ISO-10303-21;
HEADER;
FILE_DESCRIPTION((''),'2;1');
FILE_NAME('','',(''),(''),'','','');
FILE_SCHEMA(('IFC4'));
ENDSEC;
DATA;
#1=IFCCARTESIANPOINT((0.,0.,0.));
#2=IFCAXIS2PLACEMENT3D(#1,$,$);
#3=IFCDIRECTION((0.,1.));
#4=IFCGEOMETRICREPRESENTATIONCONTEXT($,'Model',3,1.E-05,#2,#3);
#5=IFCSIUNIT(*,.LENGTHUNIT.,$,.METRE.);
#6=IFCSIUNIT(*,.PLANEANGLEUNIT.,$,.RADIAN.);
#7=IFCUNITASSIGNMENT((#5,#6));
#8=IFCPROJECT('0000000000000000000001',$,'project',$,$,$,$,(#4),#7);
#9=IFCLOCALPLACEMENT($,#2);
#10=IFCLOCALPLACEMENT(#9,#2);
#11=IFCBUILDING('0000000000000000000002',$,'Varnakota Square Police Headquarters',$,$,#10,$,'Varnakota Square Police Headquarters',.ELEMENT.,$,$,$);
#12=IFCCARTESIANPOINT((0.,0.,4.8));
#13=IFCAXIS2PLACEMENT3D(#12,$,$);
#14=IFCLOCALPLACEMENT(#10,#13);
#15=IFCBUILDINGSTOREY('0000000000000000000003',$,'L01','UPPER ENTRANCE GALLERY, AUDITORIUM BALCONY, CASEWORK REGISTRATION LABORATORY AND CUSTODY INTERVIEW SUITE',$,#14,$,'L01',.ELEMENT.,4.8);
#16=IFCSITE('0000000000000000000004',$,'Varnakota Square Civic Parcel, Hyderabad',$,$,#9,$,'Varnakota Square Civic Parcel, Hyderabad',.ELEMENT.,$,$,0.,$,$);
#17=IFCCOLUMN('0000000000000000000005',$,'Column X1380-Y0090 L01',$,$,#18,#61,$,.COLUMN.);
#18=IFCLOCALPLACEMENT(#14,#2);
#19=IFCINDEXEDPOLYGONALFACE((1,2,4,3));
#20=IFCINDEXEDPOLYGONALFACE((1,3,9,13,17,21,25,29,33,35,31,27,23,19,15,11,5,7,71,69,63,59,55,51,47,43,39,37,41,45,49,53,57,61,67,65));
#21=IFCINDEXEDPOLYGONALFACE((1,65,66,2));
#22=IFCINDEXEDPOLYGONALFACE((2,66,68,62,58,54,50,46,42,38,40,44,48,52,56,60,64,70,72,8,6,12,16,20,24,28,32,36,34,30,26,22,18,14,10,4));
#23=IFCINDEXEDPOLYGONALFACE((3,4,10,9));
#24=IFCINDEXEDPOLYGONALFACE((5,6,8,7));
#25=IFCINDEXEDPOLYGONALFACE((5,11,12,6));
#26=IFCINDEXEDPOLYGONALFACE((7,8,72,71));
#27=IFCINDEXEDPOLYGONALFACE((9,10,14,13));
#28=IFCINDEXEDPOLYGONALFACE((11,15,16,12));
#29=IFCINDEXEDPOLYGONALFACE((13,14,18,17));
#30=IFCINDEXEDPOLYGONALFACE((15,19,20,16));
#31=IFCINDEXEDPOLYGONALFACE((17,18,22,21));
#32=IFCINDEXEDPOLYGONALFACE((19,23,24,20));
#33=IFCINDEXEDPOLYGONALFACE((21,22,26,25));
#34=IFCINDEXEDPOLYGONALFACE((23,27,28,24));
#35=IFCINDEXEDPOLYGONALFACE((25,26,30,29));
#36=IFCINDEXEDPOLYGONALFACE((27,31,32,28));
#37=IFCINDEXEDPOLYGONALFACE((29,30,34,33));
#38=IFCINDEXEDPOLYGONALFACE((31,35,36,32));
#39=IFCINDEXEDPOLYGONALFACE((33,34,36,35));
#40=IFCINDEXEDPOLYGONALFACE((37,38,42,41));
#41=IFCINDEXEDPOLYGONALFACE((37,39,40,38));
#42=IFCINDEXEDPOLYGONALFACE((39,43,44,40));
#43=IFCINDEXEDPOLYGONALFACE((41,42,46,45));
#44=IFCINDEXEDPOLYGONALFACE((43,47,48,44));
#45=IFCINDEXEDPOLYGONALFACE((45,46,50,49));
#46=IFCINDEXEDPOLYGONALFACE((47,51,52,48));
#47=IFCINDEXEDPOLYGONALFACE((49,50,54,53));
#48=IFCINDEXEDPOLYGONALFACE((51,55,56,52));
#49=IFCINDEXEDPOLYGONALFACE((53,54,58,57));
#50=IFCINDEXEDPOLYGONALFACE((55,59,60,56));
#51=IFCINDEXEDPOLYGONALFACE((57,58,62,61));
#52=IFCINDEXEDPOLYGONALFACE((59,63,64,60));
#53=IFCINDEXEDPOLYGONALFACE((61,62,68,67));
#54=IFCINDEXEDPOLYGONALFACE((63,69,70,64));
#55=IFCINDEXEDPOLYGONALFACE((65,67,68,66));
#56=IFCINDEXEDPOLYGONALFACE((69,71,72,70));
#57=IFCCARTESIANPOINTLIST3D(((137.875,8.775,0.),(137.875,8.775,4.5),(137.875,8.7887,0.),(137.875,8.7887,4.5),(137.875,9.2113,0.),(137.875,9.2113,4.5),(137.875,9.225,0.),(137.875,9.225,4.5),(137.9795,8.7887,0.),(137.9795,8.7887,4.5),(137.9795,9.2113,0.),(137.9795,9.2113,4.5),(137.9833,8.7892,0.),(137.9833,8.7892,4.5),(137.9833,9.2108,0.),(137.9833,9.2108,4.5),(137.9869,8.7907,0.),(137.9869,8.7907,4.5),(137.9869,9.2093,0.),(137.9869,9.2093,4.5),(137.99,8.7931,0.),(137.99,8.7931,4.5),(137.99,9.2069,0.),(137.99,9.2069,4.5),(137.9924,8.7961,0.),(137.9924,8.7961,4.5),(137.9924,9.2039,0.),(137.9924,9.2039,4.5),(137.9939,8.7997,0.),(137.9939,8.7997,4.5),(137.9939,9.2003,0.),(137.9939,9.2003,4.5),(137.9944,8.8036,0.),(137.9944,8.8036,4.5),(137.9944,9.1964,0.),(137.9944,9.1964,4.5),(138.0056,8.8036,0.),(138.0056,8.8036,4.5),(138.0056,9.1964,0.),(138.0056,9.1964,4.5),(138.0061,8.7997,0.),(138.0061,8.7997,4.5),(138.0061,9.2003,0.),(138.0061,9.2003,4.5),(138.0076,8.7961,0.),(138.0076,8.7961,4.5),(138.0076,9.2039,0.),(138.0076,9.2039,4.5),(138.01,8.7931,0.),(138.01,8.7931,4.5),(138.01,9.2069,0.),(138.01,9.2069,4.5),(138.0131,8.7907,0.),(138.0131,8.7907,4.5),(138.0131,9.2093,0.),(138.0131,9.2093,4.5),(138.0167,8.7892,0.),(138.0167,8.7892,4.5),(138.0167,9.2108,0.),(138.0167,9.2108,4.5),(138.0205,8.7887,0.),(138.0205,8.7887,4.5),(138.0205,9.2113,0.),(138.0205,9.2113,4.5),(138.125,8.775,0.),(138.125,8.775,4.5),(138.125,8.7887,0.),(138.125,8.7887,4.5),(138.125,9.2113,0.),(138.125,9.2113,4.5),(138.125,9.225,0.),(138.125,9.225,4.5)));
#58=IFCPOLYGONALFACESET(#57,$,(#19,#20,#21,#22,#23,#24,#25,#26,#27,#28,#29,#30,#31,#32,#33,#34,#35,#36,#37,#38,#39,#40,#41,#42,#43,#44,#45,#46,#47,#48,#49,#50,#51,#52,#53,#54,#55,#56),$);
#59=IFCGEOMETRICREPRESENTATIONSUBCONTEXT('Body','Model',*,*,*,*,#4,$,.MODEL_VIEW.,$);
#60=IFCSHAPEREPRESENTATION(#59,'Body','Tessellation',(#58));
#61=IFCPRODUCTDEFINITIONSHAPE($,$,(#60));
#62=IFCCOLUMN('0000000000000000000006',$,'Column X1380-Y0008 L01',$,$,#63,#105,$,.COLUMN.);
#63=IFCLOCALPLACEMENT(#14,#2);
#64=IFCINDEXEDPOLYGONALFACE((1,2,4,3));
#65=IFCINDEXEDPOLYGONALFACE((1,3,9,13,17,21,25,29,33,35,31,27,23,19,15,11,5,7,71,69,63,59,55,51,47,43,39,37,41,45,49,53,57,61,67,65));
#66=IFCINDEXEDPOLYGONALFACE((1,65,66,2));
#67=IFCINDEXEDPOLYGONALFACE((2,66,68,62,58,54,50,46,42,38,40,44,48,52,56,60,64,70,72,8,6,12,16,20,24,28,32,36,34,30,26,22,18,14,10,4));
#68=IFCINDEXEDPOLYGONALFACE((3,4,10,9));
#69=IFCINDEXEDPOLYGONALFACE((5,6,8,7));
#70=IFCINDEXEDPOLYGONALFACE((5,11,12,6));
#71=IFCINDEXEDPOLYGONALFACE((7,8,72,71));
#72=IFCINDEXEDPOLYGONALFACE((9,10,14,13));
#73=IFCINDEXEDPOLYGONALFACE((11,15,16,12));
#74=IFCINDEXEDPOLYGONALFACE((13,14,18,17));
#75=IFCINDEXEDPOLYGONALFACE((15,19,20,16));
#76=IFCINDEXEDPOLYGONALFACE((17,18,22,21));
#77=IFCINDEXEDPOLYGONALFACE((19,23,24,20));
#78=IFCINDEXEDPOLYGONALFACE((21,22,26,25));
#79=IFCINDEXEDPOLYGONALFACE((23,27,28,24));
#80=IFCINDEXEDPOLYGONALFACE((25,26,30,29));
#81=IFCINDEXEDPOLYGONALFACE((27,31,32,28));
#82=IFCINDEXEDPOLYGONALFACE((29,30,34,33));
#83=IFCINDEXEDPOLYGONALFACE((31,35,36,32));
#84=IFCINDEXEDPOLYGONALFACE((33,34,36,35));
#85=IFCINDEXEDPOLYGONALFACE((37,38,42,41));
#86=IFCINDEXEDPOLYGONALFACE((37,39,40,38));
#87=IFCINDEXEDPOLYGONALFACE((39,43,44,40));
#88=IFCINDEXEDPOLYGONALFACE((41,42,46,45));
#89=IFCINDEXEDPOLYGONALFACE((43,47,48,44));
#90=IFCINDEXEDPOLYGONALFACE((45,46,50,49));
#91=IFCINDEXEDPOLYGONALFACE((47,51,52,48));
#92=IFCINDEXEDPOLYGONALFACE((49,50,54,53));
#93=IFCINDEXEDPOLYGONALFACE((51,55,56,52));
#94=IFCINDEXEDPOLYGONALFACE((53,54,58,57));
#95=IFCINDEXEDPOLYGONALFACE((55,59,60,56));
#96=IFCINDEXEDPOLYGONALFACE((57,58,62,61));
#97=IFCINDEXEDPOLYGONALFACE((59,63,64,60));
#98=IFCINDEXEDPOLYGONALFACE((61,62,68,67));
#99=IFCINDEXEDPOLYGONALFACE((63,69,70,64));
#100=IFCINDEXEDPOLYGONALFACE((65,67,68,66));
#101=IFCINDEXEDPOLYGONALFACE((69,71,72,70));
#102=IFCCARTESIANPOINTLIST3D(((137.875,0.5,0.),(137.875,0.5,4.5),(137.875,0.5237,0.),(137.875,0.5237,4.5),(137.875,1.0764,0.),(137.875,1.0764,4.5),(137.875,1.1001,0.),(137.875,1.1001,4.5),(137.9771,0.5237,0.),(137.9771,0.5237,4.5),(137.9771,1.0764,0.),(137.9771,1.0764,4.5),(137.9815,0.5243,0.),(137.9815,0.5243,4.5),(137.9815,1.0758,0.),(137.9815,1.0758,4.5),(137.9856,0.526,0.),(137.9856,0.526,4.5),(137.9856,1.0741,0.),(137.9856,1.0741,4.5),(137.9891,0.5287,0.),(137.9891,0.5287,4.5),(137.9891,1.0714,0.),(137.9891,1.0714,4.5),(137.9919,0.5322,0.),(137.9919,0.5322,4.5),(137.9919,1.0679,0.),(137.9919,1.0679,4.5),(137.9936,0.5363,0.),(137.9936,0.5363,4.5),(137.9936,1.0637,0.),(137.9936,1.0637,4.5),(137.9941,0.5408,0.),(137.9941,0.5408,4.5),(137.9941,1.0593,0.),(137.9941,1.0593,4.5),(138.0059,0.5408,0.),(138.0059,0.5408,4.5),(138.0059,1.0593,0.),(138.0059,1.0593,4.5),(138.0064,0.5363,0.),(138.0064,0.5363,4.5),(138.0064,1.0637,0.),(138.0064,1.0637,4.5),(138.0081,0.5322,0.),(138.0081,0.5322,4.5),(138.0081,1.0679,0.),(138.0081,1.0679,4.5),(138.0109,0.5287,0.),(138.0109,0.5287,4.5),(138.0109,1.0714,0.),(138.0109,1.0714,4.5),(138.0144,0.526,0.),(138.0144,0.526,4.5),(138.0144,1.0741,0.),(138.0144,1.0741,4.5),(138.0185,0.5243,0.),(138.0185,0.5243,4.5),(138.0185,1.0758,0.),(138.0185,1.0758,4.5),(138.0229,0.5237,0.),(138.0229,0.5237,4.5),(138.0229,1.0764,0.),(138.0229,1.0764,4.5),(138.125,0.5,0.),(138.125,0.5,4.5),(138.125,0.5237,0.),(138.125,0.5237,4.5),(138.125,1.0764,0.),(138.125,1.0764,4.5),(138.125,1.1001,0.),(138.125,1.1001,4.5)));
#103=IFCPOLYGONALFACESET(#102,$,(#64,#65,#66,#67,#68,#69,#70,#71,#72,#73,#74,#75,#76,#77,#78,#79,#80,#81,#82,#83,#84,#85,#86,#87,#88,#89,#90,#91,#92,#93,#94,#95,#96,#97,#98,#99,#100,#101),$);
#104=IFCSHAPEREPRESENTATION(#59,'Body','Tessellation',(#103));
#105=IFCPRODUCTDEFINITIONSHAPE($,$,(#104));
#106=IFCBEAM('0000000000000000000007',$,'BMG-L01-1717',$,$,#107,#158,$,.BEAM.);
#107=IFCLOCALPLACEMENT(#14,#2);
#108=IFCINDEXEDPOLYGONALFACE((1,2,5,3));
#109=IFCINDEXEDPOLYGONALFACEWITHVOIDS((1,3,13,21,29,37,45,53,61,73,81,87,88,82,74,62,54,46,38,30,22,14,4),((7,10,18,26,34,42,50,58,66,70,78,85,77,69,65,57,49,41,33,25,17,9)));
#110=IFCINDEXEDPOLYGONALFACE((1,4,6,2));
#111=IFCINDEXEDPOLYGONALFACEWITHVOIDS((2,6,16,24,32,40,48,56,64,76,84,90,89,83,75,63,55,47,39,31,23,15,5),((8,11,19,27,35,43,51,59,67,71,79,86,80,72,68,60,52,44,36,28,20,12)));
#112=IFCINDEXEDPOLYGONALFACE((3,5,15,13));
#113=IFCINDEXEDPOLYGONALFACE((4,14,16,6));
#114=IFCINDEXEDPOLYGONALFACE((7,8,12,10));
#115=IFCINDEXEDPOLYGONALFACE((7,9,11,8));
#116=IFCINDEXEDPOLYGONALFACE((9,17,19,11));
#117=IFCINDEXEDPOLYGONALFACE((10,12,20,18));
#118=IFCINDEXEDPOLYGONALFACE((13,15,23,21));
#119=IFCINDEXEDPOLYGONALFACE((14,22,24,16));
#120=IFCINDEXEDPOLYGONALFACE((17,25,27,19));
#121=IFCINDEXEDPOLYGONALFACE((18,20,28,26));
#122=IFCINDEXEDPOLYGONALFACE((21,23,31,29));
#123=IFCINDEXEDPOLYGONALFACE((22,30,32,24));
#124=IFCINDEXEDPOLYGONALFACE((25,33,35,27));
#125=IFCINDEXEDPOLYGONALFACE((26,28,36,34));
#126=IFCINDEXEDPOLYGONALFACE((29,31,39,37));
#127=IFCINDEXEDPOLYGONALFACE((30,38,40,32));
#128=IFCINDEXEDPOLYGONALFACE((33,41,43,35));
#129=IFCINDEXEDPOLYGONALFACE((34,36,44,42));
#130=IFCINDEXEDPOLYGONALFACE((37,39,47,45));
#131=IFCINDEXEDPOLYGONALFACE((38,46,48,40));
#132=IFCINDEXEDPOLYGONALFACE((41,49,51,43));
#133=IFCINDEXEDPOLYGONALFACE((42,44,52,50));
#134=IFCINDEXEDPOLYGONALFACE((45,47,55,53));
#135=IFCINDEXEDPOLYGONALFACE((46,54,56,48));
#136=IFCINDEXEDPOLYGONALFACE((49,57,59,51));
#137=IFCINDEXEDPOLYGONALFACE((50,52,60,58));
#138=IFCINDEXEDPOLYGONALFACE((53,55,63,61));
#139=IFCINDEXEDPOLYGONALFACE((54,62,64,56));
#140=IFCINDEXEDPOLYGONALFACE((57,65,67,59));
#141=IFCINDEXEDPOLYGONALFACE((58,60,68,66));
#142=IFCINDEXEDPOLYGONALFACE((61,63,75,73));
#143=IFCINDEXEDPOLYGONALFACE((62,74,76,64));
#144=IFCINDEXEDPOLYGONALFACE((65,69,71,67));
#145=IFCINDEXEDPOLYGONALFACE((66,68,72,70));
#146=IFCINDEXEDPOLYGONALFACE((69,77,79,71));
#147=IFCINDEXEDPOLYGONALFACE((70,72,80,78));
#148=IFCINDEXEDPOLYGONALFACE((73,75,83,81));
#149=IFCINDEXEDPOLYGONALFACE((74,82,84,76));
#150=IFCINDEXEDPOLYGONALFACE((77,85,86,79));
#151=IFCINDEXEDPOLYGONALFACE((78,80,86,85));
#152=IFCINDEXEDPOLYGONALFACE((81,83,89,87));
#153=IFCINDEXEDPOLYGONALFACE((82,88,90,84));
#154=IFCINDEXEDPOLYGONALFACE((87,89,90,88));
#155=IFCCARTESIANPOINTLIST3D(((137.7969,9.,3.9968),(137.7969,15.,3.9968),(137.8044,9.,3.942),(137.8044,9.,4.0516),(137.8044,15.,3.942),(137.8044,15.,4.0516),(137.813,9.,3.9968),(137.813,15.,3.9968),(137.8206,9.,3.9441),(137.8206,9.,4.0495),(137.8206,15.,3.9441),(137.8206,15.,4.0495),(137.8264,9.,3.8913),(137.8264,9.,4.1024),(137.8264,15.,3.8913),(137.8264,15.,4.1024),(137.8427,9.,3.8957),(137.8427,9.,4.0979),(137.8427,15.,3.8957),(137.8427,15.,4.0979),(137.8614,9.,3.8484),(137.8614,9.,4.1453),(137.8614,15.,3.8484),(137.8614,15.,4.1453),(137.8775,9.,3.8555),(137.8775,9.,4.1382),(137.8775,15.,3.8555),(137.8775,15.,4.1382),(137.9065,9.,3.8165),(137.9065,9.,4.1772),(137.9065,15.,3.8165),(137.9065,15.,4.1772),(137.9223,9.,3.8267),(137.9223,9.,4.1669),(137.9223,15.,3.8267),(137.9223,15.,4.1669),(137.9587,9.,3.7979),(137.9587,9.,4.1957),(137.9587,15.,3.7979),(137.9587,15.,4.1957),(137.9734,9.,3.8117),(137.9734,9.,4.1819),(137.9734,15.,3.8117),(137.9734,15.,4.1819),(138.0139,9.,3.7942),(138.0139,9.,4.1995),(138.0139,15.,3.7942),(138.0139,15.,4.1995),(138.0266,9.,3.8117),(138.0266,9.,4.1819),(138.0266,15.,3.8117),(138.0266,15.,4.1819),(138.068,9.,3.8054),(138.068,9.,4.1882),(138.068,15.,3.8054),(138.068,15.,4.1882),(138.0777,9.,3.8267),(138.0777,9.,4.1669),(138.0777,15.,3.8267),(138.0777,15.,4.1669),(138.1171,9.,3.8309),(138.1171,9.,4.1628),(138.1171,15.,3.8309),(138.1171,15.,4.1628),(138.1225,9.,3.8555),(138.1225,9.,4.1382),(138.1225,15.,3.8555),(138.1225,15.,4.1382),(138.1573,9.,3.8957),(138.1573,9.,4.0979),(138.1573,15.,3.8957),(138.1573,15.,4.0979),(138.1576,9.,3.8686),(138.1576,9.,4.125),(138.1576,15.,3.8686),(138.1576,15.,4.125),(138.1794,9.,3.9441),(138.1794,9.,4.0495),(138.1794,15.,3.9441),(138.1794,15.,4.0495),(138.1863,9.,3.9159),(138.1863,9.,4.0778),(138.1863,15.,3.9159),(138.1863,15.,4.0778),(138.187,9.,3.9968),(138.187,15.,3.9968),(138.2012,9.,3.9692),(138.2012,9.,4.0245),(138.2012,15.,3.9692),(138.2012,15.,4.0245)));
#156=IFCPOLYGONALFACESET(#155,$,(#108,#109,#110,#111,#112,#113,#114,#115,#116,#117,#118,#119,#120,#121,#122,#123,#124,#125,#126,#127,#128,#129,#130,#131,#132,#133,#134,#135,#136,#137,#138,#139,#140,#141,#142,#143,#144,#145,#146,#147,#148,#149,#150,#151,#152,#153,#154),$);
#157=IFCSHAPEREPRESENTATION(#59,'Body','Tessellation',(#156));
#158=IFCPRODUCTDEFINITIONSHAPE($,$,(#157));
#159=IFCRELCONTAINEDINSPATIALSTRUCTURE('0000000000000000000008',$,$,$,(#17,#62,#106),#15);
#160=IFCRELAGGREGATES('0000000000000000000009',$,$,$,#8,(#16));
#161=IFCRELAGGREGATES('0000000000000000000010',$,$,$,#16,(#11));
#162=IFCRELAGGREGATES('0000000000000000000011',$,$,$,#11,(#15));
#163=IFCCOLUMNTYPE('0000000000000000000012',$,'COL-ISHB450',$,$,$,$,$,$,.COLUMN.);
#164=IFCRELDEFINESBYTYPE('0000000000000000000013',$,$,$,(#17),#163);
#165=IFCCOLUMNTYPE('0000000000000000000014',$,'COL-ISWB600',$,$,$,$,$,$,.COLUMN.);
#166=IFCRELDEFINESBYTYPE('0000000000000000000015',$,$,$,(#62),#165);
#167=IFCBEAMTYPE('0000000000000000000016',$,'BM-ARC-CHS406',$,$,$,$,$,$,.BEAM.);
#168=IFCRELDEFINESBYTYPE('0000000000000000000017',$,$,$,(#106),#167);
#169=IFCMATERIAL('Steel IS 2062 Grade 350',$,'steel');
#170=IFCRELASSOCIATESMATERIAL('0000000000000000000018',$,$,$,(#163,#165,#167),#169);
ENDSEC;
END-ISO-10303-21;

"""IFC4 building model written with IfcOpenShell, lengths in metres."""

from ifc_helpers import new_model, si_unit, direction, frame, origin, origin_2d, place, context, subcontext, project, spatial, hollow_circle, i_section, extrude, material, material_profile, profile_set, type_object, element, save


model = new_model("IFC4")

# Units and contexts
model_context = context("Model", 3, precision=1e-05, world=origin(), true_north=direction((0.0, 1.0)))
body_context = subcontext(model_context, "Body", "Model", "MODEL_VIEW")
ifc_project = project(units=[si_unit("LENGTHUNIT", "METRE"), si_unit("PLANEANGLEUNIT", "RADIAN")], contexts=[model_context])

# Site, building, storey
site_placement = place(None, origin())
site = spatial("IfcSite", under=ifc_project, at=site_placement, Name="Varnakota Square Civic Parcel, Hyderabad", LongName="Varnakota Square Civic Parcel, Hyderabad", CompositionType="ELEMENT", RefElevation=0.0)
building_placement = place(site_placement, origin())
building = spatial("IfcBuilding", under=site, at=building_placement, Name="Varnakota Square Police Headquarters", LongName="Varnakota Square Police Headquarters", CompositionType="ELEMENT")
storey_placement = place(building_placement, frame((0.0, 0.0, 4.8)))
storey = spatial("IfcBuildingStorey", under=building, at=storey_placement, Name="L01", Description="UPPER ENTRANCE GALLERY, AUDITORIUM BALCONY, CASEWORK REGISTRATION LABORATORY AND CUSTODY INTERVIEW SUITE", LongName="L01", CompositionType="ELEMENT", Elevation=4.8)

# Columns
ifc_material_1 = material(Name="Steel IS 2062 Grade 350", Category="steel")
ifc_material_profile_1 = material_profile(ifc_material_1, i_section(OverallWidth=0.25, OverallDepth=0.45, WebThickness=0.0112, FlangeThickness=0.0137, FilletRadius=0.0149, at=origin_2d()), Name="ISHB 450")
ifc_profile_set_1 = profile_set([ifc_material_profile_1], Name="Steel IS 2062 Grade 350")
column_type_1 = type_object("IfcColumnType", Name="COL-ISHB450", PredefinedType="COLUMN", material=ifc_profile_set_1)
column_1_placement = place(storey_placement, frame((138.0, 9.0, 0.0), z_axis=(0.0, 0.0, 1.0), x_axis=(1.0, 0.0, 0.0)))
element("IfcColumn", 1, at=column_1_placement, inside=storey, type_object=column_type_1, Name="Column X1380-Y0090 L01", PredefinedType="COLUMN", context=body_context, shape_type="SweptSolid", body=[
    extrude(i_section(OverallWidth=0.25, OverallDepth=0.45, WebThickness=0.0112, FlangeThickness=0.0137, FilletRadius=0.0149, at=origin_2d()), origin(), (0.0, 0.0, 1.0), 4.5),
])
ifc_material_profile_2 = material_profile(ifc_material_1, i_section(OverallWidth=0.25, OverallDepth=0.6001, WebThickness=0.0117, FlangeThickness=0.0237, FilletRadius=0.0171, at=origin_2d()), Name="ISWB 600")
ifc_profile_set_2 = profile_set([ifc_material_profile_2], Name="Steel IS 2062 Grade 350")
column_type_2 = type_object("IfcColumnType", Name="COL-ISWB600", PredefinedType="COLUMN", material=ifc_profile_set_2)
column_2_placement = place(storey_placement, frame((138.0, 0.8, 0.0), z_axis=(0.0, 0.0, 1.0), x_axis=(1.0, 0.0, 0.0)))
element("IfcColumn", 2, at=column_2_placement, inside=storey, type_object=column_type_2, Name="Column X1380-Y0008 L01", PredefinedType="COLUMN", context=body_context, shape_type="SweptSolid", body=[
    extrude(i_section(OverallWidth=0.25, OverallDepth=0.6001, WebThickness=0.0117, FlangeThickness=0.0237, FilletRadius=0.0171, at=origin_2d()), origin(), (0.0, 0.0, 1.0), 4.5),
])

# Beam
ifc_material_profile_3 = material_profile(ifc_material_1, hollow_circle(Radius=0.2031, WallThickness=0.0161, at=origin_2d()), Name="CHS 406.4x16.0")
ifc_profile_set_3 = profile_set([ifc_material_profile_3], Name="Steel IS 2062 Grade 350")
beam_type_1 = type_object("IfcBeamType", Name="BM-ARC-CHS406", PredefinedType="BEAM", material=ifc_profile_set_3)
beam_1_placement = place(storey_placement, frame((138.0, 9.0, 3.9968), z_axis=(0.0, 1.0, 0.0), x_axis=(-1.0, 0.0, 0.0)))
element("IfcBeam", 3, at=beam_1_placement, inside=storey, type_object=beam_type_1, Name="BMG-L01-1717", PredefinedType="BEAM", context=body_context, shape_type="SweptSolid", body=[
    extrude(hollow_circle(Radius=0.2031, WallThickness=0.0161, at=origin_2d()), origin(), (0.0, 0.0, 1.0), 6.0),
])

save(model, "model.ifc")
